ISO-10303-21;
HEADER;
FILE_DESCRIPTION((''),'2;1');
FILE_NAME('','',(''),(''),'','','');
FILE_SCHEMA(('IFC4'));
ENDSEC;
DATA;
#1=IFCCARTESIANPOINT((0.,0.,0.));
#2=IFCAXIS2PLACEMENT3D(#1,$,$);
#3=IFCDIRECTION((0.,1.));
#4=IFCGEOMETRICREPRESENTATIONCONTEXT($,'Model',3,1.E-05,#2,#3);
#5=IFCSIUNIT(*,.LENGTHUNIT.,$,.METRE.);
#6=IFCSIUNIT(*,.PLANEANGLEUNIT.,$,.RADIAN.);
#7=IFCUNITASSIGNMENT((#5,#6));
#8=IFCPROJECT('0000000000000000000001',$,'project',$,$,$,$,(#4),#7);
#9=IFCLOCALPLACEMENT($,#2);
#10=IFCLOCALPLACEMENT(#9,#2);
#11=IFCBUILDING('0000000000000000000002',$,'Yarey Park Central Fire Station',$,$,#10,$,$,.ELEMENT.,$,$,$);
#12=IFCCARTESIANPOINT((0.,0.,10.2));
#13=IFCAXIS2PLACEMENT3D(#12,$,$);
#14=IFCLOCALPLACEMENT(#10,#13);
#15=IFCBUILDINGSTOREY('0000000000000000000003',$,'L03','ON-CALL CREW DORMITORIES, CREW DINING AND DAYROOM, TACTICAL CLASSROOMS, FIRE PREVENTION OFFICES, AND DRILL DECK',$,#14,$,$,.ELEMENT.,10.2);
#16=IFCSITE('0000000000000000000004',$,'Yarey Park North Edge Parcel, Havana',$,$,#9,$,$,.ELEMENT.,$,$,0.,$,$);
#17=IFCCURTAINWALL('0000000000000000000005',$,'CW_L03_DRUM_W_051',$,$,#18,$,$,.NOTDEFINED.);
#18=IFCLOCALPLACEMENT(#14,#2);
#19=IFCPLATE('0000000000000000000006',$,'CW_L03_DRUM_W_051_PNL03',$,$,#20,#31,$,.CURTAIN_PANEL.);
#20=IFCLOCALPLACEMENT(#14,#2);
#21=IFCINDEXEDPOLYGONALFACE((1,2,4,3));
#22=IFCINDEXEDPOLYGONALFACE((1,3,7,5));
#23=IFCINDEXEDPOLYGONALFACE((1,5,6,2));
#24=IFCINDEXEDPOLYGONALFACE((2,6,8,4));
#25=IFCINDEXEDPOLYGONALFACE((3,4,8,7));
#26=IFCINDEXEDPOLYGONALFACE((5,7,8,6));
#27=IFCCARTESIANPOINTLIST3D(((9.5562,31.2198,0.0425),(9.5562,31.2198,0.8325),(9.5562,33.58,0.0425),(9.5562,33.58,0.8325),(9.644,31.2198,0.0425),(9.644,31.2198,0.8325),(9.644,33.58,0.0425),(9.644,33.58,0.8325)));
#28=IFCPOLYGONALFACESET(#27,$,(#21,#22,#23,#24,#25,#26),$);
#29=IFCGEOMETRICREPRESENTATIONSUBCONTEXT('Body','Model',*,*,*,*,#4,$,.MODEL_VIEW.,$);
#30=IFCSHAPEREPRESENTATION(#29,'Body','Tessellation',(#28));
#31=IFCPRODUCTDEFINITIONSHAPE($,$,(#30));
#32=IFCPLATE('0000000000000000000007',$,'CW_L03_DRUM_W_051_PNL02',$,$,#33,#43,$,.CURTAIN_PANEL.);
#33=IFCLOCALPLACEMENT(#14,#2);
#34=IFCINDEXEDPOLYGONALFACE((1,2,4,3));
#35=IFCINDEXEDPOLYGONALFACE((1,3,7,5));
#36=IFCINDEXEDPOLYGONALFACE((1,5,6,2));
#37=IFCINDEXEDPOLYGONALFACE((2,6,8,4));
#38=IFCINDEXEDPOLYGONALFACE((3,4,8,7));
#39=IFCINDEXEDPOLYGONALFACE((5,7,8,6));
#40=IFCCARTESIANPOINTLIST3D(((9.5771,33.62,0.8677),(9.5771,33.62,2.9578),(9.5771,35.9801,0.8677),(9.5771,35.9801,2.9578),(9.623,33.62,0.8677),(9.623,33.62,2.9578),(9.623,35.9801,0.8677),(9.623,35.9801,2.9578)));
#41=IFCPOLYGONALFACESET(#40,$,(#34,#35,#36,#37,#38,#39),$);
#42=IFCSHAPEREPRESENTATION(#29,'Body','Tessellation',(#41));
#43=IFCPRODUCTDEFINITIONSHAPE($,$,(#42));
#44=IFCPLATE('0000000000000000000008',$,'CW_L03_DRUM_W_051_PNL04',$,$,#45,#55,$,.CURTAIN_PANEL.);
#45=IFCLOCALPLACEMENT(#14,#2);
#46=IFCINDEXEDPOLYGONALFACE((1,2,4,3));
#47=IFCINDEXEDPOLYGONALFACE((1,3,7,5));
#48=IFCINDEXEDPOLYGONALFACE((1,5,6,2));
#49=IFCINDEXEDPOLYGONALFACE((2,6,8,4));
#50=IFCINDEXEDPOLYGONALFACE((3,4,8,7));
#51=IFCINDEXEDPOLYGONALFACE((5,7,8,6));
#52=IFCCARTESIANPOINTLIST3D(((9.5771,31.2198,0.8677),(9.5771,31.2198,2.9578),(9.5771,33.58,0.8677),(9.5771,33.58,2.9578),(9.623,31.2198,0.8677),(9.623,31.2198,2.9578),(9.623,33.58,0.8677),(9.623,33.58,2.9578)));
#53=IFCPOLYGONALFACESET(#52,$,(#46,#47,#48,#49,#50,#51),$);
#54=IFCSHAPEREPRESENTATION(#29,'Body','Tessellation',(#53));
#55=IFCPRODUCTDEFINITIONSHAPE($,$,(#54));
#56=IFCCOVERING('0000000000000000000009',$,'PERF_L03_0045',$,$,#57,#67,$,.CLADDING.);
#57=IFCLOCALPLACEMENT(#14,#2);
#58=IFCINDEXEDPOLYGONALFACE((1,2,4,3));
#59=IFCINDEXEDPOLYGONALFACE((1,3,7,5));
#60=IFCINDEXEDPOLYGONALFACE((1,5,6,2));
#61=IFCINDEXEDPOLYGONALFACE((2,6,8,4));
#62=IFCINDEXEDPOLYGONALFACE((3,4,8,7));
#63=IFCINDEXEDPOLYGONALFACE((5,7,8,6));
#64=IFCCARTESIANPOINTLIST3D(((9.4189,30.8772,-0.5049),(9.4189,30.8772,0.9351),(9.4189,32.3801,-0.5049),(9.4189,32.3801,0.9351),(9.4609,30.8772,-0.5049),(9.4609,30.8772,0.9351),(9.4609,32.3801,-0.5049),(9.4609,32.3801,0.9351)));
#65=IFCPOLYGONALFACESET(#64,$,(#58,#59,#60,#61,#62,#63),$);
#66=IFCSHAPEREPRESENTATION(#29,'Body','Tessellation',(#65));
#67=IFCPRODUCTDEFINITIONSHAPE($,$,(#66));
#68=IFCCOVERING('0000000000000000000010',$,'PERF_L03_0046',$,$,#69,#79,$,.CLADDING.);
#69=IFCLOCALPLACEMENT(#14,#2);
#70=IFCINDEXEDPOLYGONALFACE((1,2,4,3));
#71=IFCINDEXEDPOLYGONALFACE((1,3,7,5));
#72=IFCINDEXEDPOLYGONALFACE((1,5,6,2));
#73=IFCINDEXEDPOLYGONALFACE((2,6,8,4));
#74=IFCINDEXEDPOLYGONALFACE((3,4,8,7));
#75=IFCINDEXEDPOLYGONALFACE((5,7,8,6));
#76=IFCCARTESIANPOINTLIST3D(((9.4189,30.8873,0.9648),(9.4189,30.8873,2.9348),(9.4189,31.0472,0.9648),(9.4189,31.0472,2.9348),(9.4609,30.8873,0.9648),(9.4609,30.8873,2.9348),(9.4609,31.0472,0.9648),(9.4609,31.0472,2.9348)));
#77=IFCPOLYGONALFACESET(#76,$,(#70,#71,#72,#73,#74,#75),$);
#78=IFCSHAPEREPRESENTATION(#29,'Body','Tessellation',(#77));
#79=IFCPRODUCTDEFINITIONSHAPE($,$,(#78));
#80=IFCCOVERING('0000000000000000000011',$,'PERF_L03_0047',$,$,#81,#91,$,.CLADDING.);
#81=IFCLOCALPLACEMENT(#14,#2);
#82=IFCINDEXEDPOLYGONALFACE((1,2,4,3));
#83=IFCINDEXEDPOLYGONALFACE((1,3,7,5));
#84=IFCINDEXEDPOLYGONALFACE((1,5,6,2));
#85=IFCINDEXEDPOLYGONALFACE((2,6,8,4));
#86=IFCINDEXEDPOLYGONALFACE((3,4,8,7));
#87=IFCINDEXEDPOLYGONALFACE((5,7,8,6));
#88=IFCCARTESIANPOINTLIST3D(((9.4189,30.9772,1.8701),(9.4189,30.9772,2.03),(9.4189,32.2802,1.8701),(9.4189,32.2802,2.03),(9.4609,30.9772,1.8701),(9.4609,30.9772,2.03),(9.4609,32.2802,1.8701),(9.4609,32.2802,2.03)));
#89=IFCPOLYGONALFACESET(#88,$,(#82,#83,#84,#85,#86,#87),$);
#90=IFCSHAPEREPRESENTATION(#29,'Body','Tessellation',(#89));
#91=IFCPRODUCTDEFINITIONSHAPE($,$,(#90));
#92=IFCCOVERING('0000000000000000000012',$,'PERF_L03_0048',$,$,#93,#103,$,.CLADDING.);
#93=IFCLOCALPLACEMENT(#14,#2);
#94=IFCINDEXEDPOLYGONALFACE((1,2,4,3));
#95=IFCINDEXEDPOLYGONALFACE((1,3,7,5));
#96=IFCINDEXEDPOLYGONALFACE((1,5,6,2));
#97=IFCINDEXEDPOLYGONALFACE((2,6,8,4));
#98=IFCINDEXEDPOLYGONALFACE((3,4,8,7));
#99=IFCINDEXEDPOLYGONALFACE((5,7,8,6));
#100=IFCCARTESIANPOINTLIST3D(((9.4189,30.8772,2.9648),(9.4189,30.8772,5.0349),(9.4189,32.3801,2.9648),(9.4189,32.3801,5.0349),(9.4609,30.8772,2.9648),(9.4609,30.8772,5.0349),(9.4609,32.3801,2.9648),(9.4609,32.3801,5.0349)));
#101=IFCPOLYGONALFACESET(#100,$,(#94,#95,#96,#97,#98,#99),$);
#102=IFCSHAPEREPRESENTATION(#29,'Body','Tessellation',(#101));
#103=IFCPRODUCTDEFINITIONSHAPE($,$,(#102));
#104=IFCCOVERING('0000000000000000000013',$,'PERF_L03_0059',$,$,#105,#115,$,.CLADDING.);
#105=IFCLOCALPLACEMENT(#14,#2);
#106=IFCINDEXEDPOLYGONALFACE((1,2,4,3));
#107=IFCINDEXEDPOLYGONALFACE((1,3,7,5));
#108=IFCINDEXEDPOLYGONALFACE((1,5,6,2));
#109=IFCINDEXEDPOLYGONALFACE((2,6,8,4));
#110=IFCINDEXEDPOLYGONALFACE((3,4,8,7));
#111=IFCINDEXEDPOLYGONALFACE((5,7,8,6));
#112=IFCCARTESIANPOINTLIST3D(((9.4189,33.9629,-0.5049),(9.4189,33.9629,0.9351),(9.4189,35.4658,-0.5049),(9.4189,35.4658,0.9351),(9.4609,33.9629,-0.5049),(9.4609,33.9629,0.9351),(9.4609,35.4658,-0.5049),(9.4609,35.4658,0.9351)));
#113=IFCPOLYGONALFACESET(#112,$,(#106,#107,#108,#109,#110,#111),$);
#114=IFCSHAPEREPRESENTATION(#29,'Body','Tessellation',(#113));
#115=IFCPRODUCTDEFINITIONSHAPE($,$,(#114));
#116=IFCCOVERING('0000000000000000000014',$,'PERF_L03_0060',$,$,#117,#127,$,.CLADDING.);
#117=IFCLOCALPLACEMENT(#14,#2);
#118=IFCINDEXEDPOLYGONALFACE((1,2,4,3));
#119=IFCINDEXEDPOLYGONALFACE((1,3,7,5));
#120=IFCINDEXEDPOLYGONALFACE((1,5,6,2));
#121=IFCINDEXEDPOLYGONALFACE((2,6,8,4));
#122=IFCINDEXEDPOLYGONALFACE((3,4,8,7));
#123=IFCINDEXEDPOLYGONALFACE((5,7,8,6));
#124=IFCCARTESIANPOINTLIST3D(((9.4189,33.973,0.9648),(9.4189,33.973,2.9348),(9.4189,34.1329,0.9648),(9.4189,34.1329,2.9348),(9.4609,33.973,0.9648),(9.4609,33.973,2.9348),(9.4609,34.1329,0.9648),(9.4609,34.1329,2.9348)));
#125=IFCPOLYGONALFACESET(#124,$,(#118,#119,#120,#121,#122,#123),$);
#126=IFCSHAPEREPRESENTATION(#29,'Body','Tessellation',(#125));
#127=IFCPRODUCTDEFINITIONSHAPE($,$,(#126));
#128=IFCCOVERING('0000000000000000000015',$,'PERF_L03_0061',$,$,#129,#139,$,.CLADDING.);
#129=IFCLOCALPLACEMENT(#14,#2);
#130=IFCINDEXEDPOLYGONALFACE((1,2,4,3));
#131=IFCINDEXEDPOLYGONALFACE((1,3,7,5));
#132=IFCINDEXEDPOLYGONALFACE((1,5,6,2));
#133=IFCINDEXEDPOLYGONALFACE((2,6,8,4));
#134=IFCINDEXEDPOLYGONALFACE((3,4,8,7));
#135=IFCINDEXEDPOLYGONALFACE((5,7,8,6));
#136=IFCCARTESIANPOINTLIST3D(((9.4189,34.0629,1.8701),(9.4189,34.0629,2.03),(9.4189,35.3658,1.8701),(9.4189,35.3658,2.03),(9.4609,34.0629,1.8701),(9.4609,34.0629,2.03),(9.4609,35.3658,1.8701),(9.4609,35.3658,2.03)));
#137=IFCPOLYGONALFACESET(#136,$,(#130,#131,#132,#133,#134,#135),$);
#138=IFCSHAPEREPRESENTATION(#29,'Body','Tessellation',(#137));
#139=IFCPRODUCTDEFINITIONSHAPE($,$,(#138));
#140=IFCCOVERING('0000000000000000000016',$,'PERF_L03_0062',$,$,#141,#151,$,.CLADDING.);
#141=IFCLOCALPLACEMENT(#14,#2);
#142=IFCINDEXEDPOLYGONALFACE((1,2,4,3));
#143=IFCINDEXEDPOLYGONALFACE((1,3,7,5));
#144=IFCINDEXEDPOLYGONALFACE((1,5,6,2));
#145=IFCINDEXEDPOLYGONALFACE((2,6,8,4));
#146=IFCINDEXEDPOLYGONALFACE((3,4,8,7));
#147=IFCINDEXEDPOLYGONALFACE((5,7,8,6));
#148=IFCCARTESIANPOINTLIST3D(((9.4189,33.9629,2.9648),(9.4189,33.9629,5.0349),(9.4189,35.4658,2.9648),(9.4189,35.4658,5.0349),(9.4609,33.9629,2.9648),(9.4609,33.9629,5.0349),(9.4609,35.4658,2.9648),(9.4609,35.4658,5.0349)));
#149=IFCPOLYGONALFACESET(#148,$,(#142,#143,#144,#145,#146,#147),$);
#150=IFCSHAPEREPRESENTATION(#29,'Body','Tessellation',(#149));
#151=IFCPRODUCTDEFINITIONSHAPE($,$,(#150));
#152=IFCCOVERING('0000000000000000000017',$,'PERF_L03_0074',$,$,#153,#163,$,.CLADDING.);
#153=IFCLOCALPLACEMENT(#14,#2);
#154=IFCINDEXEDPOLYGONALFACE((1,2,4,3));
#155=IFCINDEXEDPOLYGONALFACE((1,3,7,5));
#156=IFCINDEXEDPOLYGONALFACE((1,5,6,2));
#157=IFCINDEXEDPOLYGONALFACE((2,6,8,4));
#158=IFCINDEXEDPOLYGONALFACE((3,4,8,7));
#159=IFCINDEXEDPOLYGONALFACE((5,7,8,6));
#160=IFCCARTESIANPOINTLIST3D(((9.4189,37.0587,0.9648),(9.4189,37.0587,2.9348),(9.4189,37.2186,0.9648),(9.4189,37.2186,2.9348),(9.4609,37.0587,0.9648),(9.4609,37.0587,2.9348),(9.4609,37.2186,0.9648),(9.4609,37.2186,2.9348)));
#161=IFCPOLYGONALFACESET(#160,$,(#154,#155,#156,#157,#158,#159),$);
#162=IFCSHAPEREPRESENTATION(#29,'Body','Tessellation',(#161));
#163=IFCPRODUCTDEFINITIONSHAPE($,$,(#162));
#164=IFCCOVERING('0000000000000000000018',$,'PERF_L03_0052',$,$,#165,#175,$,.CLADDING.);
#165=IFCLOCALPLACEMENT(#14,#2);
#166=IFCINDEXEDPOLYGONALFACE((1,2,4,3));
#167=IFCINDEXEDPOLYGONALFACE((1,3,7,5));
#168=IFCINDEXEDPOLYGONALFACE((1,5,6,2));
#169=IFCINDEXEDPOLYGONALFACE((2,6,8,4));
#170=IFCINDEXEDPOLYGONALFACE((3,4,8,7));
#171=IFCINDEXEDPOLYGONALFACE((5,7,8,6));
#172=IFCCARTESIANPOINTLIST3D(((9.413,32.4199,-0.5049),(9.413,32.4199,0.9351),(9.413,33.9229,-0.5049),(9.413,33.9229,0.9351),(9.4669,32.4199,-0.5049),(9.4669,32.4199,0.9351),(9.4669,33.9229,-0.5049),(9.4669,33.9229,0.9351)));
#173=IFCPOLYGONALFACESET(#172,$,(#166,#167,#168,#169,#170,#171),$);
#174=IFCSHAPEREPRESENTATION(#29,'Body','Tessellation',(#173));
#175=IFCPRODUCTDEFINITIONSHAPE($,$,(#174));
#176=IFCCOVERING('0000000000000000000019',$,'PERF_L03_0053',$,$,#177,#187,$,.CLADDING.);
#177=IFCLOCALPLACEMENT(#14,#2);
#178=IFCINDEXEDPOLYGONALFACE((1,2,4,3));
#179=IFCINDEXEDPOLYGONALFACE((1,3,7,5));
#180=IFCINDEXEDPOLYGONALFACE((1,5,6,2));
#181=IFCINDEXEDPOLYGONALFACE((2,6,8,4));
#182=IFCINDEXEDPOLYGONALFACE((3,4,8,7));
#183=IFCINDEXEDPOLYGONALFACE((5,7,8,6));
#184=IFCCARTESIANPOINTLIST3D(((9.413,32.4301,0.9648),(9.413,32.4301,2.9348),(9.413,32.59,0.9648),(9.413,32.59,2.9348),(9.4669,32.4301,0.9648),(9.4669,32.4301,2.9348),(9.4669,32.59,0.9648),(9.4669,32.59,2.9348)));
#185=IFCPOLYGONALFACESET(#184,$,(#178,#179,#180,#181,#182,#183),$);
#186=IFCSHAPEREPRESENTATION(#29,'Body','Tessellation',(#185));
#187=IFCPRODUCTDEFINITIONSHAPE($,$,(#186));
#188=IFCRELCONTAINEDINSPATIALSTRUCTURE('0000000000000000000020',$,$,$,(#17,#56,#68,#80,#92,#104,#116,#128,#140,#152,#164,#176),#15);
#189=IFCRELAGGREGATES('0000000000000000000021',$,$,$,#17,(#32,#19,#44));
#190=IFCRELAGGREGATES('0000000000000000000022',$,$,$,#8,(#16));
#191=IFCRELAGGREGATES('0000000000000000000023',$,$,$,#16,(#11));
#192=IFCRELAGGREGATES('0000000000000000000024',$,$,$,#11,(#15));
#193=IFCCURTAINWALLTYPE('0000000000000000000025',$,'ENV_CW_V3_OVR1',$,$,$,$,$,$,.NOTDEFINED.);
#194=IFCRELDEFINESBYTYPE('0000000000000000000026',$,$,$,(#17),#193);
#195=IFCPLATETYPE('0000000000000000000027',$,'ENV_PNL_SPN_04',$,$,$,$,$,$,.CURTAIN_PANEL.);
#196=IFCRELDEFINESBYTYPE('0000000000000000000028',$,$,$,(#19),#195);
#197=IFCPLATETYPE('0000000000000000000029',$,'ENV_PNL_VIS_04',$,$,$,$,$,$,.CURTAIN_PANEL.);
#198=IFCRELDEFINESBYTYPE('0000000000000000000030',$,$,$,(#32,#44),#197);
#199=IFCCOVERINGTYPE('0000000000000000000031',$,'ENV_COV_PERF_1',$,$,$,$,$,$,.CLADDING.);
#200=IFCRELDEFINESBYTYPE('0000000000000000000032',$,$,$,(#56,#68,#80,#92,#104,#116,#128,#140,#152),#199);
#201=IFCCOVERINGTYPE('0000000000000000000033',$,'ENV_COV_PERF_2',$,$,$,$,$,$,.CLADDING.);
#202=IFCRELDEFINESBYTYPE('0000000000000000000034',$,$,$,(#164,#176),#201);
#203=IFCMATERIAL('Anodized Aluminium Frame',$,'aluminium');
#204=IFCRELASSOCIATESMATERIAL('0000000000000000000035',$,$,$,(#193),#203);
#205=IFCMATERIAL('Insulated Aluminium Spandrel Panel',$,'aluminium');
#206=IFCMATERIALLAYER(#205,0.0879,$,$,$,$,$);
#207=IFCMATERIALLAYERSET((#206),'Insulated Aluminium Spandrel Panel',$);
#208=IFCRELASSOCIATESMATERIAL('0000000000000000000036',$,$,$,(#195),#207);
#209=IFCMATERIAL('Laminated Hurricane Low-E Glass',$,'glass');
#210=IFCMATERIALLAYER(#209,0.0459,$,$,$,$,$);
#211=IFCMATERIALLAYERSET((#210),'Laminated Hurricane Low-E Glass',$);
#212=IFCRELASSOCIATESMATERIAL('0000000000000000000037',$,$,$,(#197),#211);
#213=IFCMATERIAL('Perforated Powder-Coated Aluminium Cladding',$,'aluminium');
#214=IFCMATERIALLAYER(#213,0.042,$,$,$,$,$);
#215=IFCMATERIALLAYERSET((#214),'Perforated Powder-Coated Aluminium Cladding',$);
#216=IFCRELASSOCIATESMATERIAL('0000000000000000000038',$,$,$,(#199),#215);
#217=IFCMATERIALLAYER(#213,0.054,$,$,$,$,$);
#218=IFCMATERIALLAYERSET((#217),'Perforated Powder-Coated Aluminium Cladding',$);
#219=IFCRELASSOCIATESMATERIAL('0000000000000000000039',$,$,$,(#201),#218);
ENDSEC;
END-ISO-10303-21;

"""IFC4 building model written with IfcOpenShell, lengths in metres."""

from ifc_helpers import new_model, si_unit, direction, frame, origin, origin_2d, place, context, subcontext, project, spatial, rectangle, extrude, material, layer, layer_set, type_object, element, aggregate, save


model = new_model("IFC4")

# Units and contexts
model_context = context("Model", 3, precision=1e-05, world=origin(), true_north=direction((0.0, 1.0)))
body_context = subcontext(model_context, "Body", "Model", "MODEL_VIEW")
ifc_project = project(units=[si_unit("LENGTHUNIT", "METRE"), si_unit("PLANEANGLEUNIT", "RADIAN")], contexts=[model_context])

# Site, building, storey
site_placement = place(None, origin())
site = spatial("IfcSite", under=ifc_project, at=site_placement, Name="Yarey Park North Edge Parcel, Havana", CompositionType="ELEMENT", RefElevation=0.0)
building_placement = place(site_placement, origin())
building = spatial("IfcBuilding", under=site, at=building_placement, Name="Yarey Park Central Fire Station", CompositionType="ELEMENT")
storey_placement = place(building_placement, frame((0.0, 0.0, 10.2)))
storey = spatial("IfcBuildingStorey", under=building, at=storey_placement, Name="L03", Description="ON-CALL CREW DORMITORIES, CREW DINING AND DAYROOM, TACTICAL CLASSROOMS, FIRE PREVENTION OFFICES, AND DRILL DECK", CompositionType="ELEMENT", Elevation=10.2)

# Curtain wall
ifc_material_1 = material(Name="Anodized Aluminium Frame", Category="aluminium")
curtain_wall_type = type_object("IfcCurtainWallType", Name="ENV_CW_V3_OVR1", PredefinedType="NOTDEFINED", material=ifc_material_1)
curtain_wall_1_placement = place(storey_placement, origin())
curtain_wall_1 = element("IfcCurtainWall", 1, at=curtain_wall_1_placement, inside=storey, type_object=curtain_wall_type, Name="CW_L03_DRUM_W_051", PredefinedType="NOTDEFINED")

# Plates
ifc_material_2 = material(Name="Insulated Aluminium Spandrel Panel", Category="aluminium")
ifc_layer_1 = layer(ifc_material_2, 0.0879)
ifc_layer_set_1 = layer_set([ifc_layer_1], Name="Insulated Aluminium Spandrel Panel")
plate_type_1 = type_object("IfcPlateType", Name="ENV_PNL_SPN_04", PredefinedType="CURTAIN_PANEL", material=ifc_layer_set_1)
plate_1_placement = place(storey_placement, frame((9.6001, 32.3999, 0.0425), z_axis=(0.0, 0.0, 1.0), x_axis=(0.0, -1.0, 0.0)))
plate_1 = element("IfcPlate", 2, at=plate_1_placement, type_object=plate_type_1, Name="CW_L03_DRUM_W_051_PNL03", PredefinedType="CURTAIN_PANEL", context=body_context, shape_type="SweptSolid", body=[
    extrude(rectangle(XDim=2.3601, YDim=0.0879, at=origin_2d()), origin(), (0.0, 0.0, 1.0), 0.79),
])
ifc_material_3 = material(Name="Laminated Hurricane Low-E Glass", Category="glass")
ifc_layer_2 = layer(ifc_material_3, 0.0459)
ifc_layer_set_2 = layer_set([ifc_layer_2], Name="Laminated Hurricane Low-E Glass")
plate_type_2 = type_object("IfcPlateType", Name="ENV_PNL_VIS_04", PredefinedType="CURTAIN_PANEL", material=ifc_layer_set_2)
plate_2_placement = place(storey_placement, frame((9.6001, 34.8, 0.8677), z_axis=(0.0, 0.0, 1.0), x_axis=(0.0, -1.0, 0.0)))
plate_2 = element("IfcPlate", 3, at=plate_2_placement, type_object=plate_type_2, Name="CW_L03_DRUM_W_051_PNL02", PredefinedType="CURTAIN_PANEL", context=body_context, shape_type="SweptSolid", body=[
    extrude(rectangle(XDim=2.3601, YDim=0.0459, at=origin_2d()), origin(), (0.0, 0.0, 1.0), 2.0901),
])
plate_3_placement = place(storey_placement, frame((9.6001, 32.3999, 0.8677), z_axis=(0.0, 0.0, 1.0), x_axis=(0.0, -1.0, 0.0)))
plate_3 = element("IfcPlate", 4, at=plate_3_placement, type_object=plate_type_2, Name="CW_L03_DRUM_W_051_PNL04", PredefinedType="CURTAIN_PANEL", context=body_context, shape_type="SweptSolid", body=[
    extrude(rectangle(XDim=2.3601, YDim=0.0459, at=origin_2d()), origin(), (0.0, 0.0, 1.0), 2.0901),
])
aggregate(curtain_wall_1, [plate_2, plate_1, plate_3])

# Coverings
ifc_material_4 = material(Name="Perforated Powder-Coated Aluminium Cladding", Category="aluminium")
ifc_layer_3 = layer(ifc_material_4, 0.042)
ifc_layer_set_3 = layer_set([ifc_layer_3], Name="Perforated Powder-Coated Aluminium Cladding")
covering_type_1 = type_object("IfcCoveringType", Name="ENV_COV_PERF_1", PredefinedType="CLADDING", material=ifc_layer_set_3)
covering_1_placement = place(storey_placement, frame((9.4399, 31.6287, -0.5049), z_axis=(0.0, 0.0, 1.0), x_axis=(0.0, 1.0, 0.0)))
element("IfcCovering", 5, at=covering_1_placement, inside=storey, type_object=covering_type_1, Name="PERF_L03_0045", PredefinedType="CLADDING", context=body_context, shape_type="SweptSolid", body=[
    extrude(rectangle(XDim=1.5029, YDim=0.042, at=origin_2d()), origin(), (0.0, 0.0, 1.0), 1.4399),
])
covering_2_placement = place(storey_placement, frame((9.4399, 30.9673, 0.9648), z_axis=(0.0, 0.0, 1.0), x_axis=(0.0, 1.0, 0.0)))
element("IfcCovering", 6, at=covering_2_placement, inside=storey, type_object=covering_type_1, Name="PERF_L03_0046", PredefinedType="CLADDING", context=body_context, shape_type="SweptSolid", body=[
    extrude(rectangle(XDim=0.1599, YDim=0.042, at=origin_2d()), origin(), (0.0, 0.0, 1.0), 1.97),
])
covering_3_placement = place(storey_placement, frame((9.4399, 31.6287, 1.8701), z_axis=(0.0, 0.0, 1.0), x_axis=(0.0, 1.0, 0.0)))
element("IfcCovering", 7, at=covering_3_placement, inside=storey, type_object=covering_type_1, Name="PERF_L03_0047", PredefinedType="CLADDING", context=body_context, shape_type="SweptSolid", body=[
    extrude(rectangle(XDim=1.303, YDim=0.042, at=origin_2d()), origin(), (0.0, 0.0, 1.0), 0.1599),
])
covering_4_placement = place(storey_placement, frame((9.4399, 31.6287, 2.9648), z_axis=(0.0, 0.0, 1.0), x_axis=(0.0, 1.0, 0.0)))
element("IfcCovering", 8, at=covering_4_placement, inside=storey, type_object=covering_type_1, Name="PERF_L03_0048", PredefinedType="CLADDING", context=body_context, shape_type="SweptSolid", body=[
    extrude(rectangle(XDim=1.5029, YDim=0.042, at=origin_2d()), origin(), (0.0, 0.0, 1.0), 2.0701),
])
covering_5_placement = place(storey_placement, frame((9.4399, 34.7144, -0.5049), z_axis=(0.0, 0.0, 1.0), x_axis=(0.0, 1.0, 0.0)))
element("IfcCovering", 9, at=covering_5_placement, inside=storey, type_object=covering_type_1, Name="PERF_L03_0059", PredefinedType="CLADDING", context=body_context, shape_type="SweptSolid", body=[
    extrude(rectangle(XDim=1.5029, YDim=0.042, at=origin_2d()), origin(), (0.0, 0.0, 1.0), 1.4399),
])
covering_6_placement = place(storey_placement, frame((9.4399, 34.053, 0.9648), z_axis=(0.0, 0.0, 1.0), x_axis=(0.0, 1.0, 0.0)))
element("IfcCovering", 10, at=covering_6_placement, inside=storey, type_object=covering_type_1, Name="PERF_L03_0060", PredefinedType="CLADDING", context=body_context, shape_type="SweptSolid", body=[
    extrude(rectangle(XDim=0.1599, YDim=0.042, at=origin_2d()), origin(), (0.0, 0.0, 1.0), 1.97),
])
covering_7_placement = place(storey_placement, frame((9.4399, 34.7144, 1.8701), z_axis=(0.0, 0.0, 1.0), x_axis=(0.0, 1.0, 0.0)))
element("IfcCovering", 11, at=covering_7_placement, inside=storey, type_object=covering_type_1, Name="PERF_L03_0061", PredefinedType="CLADDING", context=body_context, shape_type="SweptSolid", body=[
    extrude(rectangle(XDim=1.303, YDim=0.042, at=origin_2d()), origin(), (0.0, 0.0, 1.0), 0.1599),
])
covering_8_placement = place(storey_placement, frame((9.4399, 34.7144, 2.9648), z_axis=(0.0, 0.0, 1.0), x_axis=(0.0, 1.0, 0.0)))
element("IfcCovering", 12, at=covering_8_placement, inside=storey, type_object=covering_type_1, Name="PERF_L03_0062", PredefinedType="CLADDING", context=body_context, shape_type="SweptSolid", body=[
    extrude(rectangle(XDim=1.5029, YDim=0.042, at=origin_2d()), origin(), (0.0, 0.0, 1.0), 2.0701),
])
covering_9_placement = place(storey_placement, frame((9.4399, 37.1387, 0.9648), z_axis=(0.0, 0.0, 1.0), x_axis=(0.0, 1.0, 0.0)))
element("IfcCovering", 13, at=covering_9_placement, inside=storey, type_object=covering_type_1, Name="PERF_L03_0074", PredefinedType="CLADDING", context=body_context, shape_type="SweptSolid", body=[
    extrude(rectangle(XDim=0.1599, YDim=0.042, at=origin_2d()), origin(), (0.0, 0.0, 1.0), 1.97),
])
ifc_layer_4 = layer(ifc_material_4, 0.054)
ifc_layer_set_4 = layer_set([ifc_layer_4], Name="Perforated Powder-Coated Aluminium Cladding")
covering_type_2 = type_object("IfcCoveringType", Name="ENV_COV_PERF_2", PredefinedType="CLADDING", material=ifc_layer_set_4)
covering_10_placement = place(storey_placement, frame((9.4399, 33.1714, -0.5049), z_axis=(0.0, 0.0, 1.0), x_axis=(0.0, 1.0, 0.0)))
element("IfcCovering", 14, at=covering_10_placement, inside=storey, type_object=covering_type_2, Name="PERF_L03_0052", PredefinedType="CLADDING", context=body_context, shape_type="SweptSolid", body=[
    extrude(rectangle(XDim=1.5029, YDim=0.054, at=origin_2d()), origin(), (0.0, 0.0, 1.0), 1.4399),
])
covering_11_placement = place(storey_placement, frame((9.4399, 32.51, 0.9648), z_axis=(0.0, 0.0, 1.0), x_axis=(0.0, 1.0, 0.0)))
element("IfcCovering", 15, at=covering_11_placement, inside=storey, type_object=covering_type_2, Name="PERF_L03_0053", PredefinedType="CLADDING", context=body_context, shape_type="SweptSolid", body=[
    extrude(rectangle(XDim=0.1599, YDim=0.054, at=origin_2d()), origin(), (0.0, 0.0, 1.0), 1.97),
])

save(model, "model.ifc")
